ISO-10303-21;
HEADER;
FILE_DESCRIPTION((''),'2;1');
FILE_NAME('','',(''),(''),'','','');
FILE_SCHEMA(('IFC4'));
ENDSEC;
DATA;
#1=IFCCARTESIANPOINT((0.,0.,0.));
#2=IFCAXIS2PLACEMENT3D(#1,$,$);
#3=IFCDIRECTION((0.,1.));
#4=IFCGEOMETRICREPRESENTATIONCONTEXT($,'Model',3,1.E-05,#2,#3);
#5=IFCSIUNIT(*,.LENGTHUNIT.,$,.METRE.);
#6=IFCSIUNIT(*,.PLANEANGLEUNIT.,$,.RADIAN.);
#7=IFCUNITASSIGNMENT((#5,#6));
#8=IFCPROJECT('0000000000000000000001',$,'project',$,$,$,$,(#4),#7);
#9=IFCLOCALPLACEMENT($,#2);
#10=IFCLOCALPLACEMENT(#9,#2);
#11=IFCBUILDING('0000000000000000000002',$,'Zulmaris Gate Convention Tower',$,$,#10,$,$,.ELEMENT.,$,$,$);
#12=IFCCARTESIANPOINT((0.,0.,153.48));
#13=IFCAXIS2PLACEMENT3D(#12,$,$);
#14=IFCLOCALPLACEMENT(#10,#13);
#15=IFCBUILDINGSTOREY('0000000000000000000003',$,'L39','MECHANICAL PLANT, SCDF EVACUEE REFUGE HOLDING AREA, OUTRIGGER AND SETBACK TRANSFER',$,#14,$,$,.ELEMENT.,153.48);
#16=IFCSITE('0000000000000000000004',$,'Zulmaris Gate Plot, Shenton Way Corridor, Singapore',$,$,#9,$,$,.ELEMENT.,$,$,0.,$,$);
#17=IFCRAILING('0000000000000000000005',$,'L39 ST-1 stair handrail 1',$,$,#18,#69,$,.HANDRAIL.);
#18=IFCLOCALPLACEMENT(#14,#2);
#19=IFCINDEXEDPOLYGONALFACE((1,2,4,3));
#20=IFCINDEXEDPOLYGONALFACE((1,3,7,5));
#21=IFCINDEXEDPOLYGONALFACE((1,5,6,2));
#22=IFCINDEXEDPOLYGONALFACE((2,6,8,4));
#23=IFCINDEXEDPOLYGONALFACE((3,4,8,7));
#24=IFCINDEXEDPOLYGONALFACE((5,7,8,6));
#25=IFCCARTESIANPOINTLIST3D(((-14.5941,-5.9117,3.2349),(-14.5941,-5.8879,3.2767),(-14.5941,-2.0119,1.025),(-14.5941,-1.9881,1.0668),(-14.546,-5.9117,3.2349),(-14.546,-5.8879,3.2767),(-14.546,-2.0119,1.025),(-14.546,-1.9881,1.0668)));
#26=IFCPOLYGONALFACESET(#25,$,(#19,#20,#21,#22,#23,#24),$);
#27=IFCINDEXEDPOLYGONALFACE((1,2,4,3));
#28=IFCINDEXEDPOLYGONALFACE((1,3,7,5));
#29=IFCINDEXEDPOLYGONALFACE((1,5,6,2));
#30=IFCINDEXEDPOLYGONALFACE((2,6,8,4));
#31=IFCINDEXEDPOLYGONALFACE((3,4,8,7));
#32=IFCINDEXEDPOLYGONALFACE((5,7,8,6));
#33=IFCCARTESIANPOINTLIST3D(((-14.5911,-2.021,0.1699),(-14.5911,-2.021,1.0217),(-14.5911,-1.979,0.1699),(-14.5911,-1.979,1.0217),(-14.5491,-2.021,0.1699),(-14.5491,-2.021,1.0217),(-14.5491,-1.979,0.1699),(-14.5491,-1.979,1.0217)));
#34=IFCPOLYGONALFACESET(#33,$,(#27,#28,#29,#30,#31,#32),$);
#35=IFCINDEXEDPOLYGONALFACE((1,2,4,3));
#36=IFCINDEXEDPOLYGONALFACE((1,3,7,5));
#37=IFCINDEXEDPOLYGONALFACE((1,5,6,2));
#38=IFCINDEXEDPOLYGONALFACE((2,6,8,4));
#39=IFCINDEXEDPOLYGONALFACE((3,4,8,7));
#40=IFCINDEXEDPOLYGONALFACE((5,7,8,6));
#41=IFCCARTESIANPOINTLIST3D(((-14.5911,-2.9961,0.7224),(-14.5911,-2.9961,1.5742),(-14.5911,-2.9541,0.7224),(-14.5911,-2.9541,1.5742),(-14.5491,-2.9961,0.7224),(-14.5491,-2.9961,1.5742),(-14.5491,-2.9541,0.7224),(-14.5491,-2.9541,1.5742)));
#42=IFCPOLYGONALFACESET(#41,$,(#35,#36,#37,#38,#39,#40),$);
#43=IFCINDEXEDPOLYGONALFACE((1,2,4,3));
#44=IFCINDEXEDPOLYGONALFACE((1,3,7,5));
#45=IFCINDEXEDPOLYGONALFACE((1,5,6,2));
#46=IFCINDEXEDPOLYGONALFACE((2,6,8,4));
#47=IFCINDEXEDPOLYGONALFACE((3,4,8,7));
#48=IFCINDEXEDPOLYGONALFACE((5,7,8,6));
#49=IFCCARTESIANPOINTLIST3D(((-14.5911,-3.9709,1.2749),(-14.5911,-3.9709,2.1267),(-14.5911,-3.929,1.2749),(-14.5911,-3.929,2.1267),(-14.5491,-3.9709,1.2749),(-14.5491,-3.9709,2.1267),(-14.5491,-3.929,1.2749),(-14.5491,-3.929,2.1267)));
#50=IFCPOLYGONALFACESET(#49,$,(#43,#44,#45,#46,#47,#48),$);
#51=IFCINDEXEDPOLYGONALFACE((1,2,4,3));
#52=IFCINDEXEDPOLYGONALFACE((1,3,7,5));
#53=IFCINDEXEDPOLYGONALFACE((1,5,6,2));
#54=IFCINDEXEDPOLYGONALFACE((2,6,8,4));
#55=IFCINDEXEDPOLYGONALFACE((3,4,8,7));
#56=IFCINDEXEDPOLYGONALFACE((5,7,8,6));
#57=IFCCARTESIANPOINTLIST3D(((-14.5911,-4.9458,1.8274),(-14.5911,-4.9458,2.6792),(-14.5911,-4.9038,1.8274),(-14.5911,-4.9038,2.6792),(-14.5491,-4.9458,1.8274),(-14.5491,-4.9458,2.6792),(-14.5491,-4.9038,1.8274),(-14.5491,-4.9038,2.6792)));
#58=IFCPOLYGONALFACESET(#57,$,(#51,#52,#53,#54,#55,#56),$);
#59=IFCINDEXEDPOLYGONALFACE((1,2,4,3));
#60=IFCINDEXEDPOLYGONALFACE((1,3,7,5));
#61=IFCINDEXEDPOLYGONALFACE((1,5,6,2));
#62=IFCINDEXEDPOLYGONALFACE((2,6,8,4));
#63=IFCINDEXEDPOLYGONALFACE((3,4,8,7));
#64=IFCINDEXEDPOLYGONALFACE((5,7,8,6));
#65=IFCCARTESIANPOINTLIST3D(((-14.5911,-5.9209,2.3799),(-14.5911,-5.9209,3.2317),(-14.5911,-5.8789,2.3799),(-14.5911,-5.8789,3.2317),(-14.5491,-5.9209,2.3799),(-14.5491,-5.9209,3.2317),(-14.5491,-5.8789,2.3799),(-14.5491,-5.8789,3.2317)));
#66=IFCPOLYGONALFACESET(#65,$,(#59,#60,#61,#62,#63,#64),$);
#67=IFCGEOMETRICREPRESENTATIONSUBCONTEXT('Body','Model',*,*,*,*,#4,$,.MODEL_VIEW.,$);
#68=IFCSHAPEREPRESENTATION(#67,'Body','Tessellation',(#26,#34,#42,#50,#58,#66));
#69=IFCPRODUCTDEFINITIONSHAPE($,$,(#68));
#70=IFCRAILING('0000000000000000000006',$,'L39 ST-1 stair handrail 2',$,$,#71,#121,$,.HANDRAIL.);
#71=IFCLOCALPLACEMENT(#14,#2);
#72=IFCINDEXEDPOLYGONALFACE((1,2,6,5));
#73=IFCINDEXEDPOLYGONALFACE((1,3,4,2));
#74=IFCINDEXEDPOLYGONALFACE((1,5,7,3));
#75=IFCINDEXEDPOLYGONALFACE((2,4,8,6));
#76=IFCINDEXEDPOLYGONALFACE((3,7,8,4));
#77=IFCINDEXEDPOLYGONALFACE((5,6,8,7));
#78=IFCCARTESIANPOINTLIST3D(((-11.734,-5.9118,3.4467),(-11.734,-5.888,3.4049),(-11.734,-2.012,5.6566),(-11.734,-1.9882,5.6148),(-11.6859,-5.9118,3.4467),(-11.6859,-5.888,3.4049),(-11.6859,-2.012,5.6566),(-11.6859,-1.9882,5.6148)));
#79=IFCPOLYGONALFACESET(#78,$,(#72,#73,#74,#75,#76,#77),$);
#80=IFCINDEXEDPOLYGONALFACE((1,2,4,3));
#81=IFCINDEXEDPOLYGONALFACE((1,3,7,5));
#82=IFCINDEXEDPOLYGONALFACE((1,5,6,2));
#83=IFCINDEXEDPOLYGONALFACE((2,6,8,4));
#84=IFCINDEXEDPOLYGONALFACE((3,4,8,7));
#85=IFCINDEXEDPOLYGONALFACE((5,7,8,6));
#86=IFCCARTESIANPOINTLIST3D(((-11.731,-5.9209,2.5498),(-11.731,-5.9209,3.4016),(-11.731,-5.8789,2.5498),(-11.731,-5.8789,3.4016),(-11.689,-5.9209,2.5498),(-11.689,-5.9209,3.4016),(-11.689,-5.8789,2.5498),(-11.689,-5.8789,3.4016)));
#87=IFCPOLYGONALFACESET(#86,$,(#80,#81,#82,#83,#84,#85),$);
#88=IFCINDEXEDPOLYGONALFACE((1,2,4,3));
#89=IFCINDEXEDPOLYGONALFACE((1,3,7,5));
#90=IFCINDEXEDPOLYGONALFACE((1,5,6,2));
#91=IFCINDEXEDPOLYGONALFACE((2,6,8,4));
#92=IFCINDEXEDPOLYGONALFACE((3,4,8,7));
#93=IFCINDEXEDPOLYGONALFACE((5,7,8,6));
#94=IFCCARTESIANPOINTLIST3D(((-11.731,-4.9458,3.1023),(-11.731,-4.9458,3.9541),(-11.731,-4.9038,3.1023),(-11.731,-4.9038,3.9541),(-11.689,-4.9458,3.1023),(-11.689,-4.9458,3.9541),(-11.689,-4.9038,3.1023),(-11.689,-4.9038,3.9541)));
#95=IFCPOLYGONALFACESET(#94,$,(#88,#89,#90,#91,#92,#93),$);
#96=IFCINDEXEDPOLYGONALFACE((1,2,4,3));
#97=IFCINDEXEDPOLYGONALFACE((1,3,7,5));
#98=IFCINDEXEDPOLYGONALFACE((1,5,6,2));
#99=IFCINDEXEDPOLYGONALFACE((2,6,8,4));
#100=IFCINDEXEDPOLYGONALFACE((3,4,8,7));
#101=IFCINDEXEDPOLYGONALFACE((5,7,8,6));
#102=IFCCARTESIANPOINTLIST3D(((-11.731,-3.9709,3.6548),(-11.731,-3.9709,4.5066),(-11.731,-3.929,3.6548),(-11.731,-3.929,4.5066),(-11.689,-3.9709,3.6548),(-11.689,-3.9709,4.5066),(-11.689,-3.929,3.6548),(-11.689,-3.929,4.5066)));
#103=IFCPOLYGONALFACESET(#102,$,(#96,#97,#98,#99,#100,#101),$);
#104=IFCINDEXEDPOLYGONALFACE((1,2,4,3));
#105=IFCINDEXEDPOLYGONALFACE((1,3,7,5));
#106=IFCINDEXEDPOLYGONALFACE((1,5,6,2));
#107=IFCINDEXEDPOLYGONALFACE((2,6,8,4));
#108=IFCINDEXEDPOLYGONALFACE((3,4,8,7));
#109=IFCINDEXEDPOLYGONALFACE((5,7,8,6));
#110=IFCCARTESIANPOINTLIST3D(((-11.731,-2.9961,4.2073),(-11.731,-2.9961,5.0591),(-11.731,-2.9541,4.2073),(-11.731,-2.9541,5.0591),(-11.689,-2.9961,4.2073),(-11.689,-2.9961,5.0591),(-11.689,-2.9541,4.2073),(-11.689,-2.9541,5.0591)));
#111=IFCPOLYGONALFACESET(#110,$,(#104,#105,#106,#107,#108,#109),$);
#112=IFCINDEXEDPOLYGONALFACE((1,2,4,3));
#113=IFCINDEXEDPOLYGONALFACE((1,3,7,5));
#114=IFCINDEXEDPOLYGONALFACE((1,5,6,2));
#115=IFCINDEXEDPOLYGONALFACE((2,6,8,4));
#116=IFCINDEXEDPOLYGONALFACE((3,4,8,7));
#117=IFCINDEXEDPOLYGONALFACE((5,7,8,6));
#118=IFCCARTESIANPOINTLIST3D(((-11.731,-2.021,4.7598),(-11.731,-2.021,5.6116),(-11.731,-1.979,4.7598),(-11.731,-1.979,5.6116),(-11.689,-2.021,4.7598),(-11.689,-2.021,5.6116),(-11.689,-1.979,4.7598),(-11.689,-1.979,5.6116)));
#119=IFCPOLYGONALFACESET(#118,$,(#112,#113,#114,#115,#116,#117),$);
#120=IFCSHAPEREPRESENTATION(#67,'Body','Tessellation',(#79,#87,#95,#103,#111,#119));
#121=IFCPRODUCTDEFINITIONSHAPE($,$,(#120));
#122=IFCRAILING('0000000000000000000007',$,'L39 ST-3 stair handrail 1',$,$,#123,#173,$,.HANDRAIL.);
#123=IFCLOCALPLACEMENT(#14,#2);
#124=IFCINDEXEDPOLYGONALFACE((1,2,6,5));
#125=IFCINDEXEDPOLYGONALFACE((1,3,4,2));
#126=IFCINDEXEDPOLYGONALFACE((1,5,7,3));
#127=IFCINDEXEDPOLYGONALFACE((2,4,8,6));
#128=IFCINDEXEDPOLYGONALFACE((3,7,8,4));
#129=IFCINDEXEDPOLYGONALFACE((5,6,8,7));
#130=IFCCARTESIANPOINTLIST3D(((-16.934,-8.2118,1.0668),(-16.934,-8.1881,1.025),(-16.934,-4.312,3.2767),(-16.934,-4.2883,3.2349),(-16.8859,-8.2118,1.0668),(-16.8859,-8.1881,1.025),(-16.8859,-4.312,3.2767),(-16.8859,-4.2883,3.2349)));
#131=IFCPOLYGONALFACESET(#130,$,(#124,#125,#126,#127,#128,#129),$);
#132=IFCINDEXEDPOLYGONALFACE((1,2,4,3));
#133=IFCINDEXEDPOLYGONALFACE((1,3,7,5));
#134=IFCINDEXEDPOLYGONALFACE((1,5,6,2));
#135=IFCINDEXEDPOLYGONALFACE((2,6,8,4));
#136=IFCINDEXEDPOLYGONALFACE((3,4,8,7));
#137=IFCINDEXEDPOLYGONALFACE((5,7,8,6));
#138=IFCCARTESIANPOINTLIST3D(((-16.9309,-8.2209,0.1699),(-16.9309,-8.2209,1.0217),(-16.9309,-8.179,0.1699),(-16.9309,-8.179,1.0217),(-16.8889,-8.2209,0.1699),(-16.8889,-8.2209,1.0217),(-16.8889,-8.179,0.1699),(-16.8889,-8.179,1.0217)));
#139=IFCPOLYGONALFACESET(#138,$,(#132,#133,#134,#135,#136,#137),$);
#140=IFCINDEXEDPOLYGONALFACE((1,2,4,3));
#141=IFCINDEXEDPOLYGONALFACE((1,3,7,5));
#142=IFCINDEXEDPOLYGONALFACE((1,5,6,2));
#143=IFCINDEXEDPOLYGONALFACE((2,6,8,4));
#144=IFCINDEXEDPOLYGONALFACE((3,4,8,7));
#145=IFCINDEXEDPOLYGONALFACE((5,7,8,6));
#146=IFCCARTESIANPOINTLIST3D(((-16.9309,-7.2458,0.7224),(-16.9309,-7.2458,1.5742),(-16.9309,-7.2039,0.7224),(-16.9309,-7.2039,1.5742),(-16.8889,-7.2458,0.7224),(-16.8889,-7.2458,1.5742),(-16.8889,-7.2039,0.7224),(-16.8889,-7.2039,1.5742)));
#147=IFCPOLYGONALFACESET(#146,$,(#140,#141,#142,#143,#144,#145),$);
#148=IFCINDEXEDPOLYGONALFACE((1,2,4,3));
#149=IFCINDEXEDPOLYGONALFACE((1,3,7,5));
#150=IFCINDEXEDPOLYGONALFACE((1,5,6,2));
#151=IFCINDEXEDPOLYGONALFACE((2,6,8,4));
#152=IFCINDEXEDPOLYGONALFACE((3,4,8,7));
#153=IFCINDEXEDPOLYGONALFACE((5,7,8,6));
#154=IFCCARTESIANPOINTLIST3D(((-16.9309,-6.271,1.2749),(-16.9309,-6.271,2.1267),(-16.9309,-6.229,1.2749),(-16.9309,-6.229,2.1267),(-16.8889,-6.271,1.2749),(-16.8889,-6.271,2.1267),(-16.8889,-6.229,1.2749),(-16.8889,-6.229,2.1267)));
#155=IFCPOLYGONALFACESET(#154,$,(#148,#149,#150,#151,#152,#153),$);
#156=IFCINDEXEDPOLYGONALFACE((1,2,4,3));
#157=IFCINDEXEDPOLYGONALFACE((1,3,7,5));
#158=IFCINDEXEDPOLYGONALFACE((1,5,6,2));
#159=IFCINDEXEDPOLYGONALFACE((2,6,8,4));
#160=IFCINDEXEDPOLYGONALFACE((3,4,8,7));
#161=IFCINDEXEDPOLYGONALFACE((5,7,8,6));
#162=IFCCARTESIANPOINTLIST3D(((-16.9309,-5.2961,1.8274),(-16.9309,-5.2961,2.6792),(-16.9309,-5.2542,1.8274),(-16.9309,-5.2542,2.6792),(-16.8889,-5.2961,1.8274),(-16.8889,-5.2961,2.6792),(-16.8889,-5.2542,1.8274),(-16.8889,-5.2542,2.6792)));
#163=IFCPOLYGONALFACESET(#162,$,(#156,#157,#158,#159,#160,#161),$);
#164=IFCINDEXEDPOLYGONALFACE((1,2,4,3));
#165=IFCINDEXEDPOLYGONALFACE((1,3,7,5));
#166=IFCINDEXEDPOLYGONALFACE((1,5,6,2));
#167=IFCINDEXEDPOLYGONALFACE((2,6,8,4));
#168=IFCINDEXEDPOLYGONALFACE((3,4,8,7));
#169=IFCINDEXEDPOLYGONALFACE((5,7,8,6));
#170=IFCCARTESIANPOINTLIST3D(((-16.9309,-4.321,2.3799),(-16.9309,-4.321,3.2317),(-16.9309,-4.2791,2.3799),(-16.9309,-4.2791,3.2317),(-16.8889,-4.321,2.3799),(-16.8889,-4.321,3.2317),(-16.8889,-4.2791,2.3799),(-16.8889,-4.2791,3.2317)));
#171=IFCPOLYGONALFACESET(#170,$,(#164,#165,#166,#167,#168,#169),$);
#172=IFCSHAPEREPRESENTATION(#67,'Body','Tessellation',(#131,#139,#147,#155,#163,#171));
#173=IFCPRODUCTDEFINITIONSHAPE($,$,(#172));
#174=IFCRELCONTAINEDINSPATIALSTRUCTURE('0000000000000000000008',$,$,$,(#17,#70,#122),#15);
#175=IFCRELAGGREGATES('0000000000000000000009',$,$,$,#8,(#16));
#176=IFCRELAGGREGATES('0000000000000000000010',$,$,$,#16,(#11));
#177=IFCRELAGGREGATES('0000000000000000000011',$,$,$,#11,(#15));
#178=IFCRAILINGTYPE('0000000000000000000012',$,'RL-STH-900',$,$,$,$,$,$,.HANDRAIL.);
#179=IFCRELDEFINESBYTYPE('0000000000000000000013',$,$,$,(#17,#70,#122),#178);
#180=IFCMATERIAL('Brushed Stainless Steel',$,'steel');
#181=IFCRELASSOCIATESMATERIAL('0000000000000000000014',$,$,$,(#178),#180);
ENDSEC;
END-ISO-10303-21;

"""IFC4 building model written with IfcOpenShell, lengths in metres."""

from ifc_helpers import new_model, si_unit, direction, frame, origin, origin_2d, place, context, subcontext, project, spatial, rectangle, extrude, material, type_object, element, save


model = new_model("IFC4")

# Units and contexts
model_context = context("Model", 3, precision=1e-05, world=origin(), true_north=direction((0.0, 1.0)))
body_context = subcontext(model_context, "Body", "Model", "MODEL_VIEW")
ifc_project = project(units=[si_unit("LENGTHUNIT", "METRE"), si_unit("PLANEANGLEUNIT", "RADIAN")], contexts=[model_context])

# Site, building, storey
site_placement = place(None, origin())
site = spatial("IfcSite", under=ifc_project, at=site_placement, Name="Zulmaris Gate Plot, Shenton Way Corridor, Singapore", CompositionType="ELEMENT", RefElevation=0.0)
building_placement = place(site_placement, origin())
building = spatial("IfcBuilding", under=site, at=building_placement, Name="Zulmaris Gate Convention Tower", CompositionType="ELEMENT")
storey_placement = place(building_placement, frame((0.0, 0.0, 153.48)))
storey = spatial("IfcBuildingStorey", under=building, at=storey_placement, Name="L39", Description="MECHANICAL PLANT, SCDF EVACUEE REFUGE HOLDING AREA, OUTRIGGER AND SETBACK TRANSFER", CompositionType="ELEMENT", Elevation=153.48)

# Railings
ifc_material_1 = material(Name="Brushed Stainless Steel", Category="steel")
railing_type_1 = type_object("IfcRailingType", Name="RL-STH-900", PredefinedType="HANDRAIL", material=ifc_material_1)
railing_1_placement = place(storey_placement, frame((-14.5701, -2.0, 0.1699)))
element("IfcRailing", 1, at=railing_1_placement, inside=storey, type_object=railing_type_1, Name="L39 ST-1 stair handrail 1", PredefinedType="HANDRAIL", context=body_context, shape_type="SweptSolid", body=[
    extrude(rectangle(XDim=0.0481, YDim=0.0481, at=origin_2d()), frame((0.0, 0.0, 0.876), z_axis=(0.0, -0.870021, 0.493015), x_axis=(1.0, 0.0, 0.0)), (0.0, 0.0, 1.0), 4.4824),
    extrude(rectangle(XDim=0.042, YDim=0.042, at=origin_2d()), origin(), (0.0, 0.0, 1.0), 0.8518),
    extrude(rectangle(XDim=0.042, YDim=0.042, at=origin_2d()), frame((0.0, -0.9751, 0.5525)), (0.0, 0.0, 1.0), 0.8518),
    extrude(rectangle(XDim=0.042, YDim=0.042, at=origin_2d()), frame((0.0, -1.95, 1.105)), (0.0, 0.0, 1.0), 0.8518),
    extrude(rectangle(XDim=0.042, YDim=0.042, at=origin_2d()), frame((0.0, -2.9248, 1.6575)), (0.0, 0.0, 1.0), 0.8518),
    extrude(rectangle(XDim=0.042, YDim=0.042, at=origin_2d()), frame((0.0, -3.8999, 2.21)), (0.0, 0.0, 1.0), 0.8518),
])
for number, where, name in (
    (2, (-11.71, -5.8999, 2.5498), "L39 ST-1 stair handrail 2"),
    (3, (-16.9099, -8.2, 0.1699), "L39 ST-3 stair handrail 1"),
):
    element("IfcRailing", number, at=place(storey_placement, frame(where)), inside=storey, type_object=railing_type_1, Name=name, PredefinedType="HANDRAIL", context=body_context, shape_type="SweptSolid", body=[
        extrude(rectangle(XDim=0.0481, YDim=0.0481, at=origin_2d()), frame((0.0, 0.0, 0.876), z_axis=(0.0, 0.870021, 0.493015), x_axis=(-1.0, 0.0, 0.0)), (0.0, 0.0, 1.0), 4.4824),
        extrude(rectangle(XDim=0.042, YDim=0.042, at=origin_2d()), origin(), (0.0, 0.0, 1.0), 0.8518),
        extrude(rectangle(XDim=0.042, YDim=0.042, at=origin_2d()), frame((0.0, 0.9751, 0.5525)), (0.0, 0.0, 1.0), 0.8518),
        extrude(rectangle(XDim=0.042, YDim=0.042, at=origin_2d()), frame((0.0, 1.95, 1.105)), (0.0, 0.0, 1.0), 0.8518),
        extrude(rectangle(XDim=0.042, YDim=0.042, at=origin_2d()), frame((0.0, 2.9248, 1.6575)), (0.0, 0.0, 1.0), 0.8518),
        extrude(rectangle(XDim=0.042, YDim=0.042, at=origin_2d()), frame((0.0, 3.8999, 2.21)), (0.0, 0.0, 1.0), 0.8518),
    ])

save(model, "model.ifc")
